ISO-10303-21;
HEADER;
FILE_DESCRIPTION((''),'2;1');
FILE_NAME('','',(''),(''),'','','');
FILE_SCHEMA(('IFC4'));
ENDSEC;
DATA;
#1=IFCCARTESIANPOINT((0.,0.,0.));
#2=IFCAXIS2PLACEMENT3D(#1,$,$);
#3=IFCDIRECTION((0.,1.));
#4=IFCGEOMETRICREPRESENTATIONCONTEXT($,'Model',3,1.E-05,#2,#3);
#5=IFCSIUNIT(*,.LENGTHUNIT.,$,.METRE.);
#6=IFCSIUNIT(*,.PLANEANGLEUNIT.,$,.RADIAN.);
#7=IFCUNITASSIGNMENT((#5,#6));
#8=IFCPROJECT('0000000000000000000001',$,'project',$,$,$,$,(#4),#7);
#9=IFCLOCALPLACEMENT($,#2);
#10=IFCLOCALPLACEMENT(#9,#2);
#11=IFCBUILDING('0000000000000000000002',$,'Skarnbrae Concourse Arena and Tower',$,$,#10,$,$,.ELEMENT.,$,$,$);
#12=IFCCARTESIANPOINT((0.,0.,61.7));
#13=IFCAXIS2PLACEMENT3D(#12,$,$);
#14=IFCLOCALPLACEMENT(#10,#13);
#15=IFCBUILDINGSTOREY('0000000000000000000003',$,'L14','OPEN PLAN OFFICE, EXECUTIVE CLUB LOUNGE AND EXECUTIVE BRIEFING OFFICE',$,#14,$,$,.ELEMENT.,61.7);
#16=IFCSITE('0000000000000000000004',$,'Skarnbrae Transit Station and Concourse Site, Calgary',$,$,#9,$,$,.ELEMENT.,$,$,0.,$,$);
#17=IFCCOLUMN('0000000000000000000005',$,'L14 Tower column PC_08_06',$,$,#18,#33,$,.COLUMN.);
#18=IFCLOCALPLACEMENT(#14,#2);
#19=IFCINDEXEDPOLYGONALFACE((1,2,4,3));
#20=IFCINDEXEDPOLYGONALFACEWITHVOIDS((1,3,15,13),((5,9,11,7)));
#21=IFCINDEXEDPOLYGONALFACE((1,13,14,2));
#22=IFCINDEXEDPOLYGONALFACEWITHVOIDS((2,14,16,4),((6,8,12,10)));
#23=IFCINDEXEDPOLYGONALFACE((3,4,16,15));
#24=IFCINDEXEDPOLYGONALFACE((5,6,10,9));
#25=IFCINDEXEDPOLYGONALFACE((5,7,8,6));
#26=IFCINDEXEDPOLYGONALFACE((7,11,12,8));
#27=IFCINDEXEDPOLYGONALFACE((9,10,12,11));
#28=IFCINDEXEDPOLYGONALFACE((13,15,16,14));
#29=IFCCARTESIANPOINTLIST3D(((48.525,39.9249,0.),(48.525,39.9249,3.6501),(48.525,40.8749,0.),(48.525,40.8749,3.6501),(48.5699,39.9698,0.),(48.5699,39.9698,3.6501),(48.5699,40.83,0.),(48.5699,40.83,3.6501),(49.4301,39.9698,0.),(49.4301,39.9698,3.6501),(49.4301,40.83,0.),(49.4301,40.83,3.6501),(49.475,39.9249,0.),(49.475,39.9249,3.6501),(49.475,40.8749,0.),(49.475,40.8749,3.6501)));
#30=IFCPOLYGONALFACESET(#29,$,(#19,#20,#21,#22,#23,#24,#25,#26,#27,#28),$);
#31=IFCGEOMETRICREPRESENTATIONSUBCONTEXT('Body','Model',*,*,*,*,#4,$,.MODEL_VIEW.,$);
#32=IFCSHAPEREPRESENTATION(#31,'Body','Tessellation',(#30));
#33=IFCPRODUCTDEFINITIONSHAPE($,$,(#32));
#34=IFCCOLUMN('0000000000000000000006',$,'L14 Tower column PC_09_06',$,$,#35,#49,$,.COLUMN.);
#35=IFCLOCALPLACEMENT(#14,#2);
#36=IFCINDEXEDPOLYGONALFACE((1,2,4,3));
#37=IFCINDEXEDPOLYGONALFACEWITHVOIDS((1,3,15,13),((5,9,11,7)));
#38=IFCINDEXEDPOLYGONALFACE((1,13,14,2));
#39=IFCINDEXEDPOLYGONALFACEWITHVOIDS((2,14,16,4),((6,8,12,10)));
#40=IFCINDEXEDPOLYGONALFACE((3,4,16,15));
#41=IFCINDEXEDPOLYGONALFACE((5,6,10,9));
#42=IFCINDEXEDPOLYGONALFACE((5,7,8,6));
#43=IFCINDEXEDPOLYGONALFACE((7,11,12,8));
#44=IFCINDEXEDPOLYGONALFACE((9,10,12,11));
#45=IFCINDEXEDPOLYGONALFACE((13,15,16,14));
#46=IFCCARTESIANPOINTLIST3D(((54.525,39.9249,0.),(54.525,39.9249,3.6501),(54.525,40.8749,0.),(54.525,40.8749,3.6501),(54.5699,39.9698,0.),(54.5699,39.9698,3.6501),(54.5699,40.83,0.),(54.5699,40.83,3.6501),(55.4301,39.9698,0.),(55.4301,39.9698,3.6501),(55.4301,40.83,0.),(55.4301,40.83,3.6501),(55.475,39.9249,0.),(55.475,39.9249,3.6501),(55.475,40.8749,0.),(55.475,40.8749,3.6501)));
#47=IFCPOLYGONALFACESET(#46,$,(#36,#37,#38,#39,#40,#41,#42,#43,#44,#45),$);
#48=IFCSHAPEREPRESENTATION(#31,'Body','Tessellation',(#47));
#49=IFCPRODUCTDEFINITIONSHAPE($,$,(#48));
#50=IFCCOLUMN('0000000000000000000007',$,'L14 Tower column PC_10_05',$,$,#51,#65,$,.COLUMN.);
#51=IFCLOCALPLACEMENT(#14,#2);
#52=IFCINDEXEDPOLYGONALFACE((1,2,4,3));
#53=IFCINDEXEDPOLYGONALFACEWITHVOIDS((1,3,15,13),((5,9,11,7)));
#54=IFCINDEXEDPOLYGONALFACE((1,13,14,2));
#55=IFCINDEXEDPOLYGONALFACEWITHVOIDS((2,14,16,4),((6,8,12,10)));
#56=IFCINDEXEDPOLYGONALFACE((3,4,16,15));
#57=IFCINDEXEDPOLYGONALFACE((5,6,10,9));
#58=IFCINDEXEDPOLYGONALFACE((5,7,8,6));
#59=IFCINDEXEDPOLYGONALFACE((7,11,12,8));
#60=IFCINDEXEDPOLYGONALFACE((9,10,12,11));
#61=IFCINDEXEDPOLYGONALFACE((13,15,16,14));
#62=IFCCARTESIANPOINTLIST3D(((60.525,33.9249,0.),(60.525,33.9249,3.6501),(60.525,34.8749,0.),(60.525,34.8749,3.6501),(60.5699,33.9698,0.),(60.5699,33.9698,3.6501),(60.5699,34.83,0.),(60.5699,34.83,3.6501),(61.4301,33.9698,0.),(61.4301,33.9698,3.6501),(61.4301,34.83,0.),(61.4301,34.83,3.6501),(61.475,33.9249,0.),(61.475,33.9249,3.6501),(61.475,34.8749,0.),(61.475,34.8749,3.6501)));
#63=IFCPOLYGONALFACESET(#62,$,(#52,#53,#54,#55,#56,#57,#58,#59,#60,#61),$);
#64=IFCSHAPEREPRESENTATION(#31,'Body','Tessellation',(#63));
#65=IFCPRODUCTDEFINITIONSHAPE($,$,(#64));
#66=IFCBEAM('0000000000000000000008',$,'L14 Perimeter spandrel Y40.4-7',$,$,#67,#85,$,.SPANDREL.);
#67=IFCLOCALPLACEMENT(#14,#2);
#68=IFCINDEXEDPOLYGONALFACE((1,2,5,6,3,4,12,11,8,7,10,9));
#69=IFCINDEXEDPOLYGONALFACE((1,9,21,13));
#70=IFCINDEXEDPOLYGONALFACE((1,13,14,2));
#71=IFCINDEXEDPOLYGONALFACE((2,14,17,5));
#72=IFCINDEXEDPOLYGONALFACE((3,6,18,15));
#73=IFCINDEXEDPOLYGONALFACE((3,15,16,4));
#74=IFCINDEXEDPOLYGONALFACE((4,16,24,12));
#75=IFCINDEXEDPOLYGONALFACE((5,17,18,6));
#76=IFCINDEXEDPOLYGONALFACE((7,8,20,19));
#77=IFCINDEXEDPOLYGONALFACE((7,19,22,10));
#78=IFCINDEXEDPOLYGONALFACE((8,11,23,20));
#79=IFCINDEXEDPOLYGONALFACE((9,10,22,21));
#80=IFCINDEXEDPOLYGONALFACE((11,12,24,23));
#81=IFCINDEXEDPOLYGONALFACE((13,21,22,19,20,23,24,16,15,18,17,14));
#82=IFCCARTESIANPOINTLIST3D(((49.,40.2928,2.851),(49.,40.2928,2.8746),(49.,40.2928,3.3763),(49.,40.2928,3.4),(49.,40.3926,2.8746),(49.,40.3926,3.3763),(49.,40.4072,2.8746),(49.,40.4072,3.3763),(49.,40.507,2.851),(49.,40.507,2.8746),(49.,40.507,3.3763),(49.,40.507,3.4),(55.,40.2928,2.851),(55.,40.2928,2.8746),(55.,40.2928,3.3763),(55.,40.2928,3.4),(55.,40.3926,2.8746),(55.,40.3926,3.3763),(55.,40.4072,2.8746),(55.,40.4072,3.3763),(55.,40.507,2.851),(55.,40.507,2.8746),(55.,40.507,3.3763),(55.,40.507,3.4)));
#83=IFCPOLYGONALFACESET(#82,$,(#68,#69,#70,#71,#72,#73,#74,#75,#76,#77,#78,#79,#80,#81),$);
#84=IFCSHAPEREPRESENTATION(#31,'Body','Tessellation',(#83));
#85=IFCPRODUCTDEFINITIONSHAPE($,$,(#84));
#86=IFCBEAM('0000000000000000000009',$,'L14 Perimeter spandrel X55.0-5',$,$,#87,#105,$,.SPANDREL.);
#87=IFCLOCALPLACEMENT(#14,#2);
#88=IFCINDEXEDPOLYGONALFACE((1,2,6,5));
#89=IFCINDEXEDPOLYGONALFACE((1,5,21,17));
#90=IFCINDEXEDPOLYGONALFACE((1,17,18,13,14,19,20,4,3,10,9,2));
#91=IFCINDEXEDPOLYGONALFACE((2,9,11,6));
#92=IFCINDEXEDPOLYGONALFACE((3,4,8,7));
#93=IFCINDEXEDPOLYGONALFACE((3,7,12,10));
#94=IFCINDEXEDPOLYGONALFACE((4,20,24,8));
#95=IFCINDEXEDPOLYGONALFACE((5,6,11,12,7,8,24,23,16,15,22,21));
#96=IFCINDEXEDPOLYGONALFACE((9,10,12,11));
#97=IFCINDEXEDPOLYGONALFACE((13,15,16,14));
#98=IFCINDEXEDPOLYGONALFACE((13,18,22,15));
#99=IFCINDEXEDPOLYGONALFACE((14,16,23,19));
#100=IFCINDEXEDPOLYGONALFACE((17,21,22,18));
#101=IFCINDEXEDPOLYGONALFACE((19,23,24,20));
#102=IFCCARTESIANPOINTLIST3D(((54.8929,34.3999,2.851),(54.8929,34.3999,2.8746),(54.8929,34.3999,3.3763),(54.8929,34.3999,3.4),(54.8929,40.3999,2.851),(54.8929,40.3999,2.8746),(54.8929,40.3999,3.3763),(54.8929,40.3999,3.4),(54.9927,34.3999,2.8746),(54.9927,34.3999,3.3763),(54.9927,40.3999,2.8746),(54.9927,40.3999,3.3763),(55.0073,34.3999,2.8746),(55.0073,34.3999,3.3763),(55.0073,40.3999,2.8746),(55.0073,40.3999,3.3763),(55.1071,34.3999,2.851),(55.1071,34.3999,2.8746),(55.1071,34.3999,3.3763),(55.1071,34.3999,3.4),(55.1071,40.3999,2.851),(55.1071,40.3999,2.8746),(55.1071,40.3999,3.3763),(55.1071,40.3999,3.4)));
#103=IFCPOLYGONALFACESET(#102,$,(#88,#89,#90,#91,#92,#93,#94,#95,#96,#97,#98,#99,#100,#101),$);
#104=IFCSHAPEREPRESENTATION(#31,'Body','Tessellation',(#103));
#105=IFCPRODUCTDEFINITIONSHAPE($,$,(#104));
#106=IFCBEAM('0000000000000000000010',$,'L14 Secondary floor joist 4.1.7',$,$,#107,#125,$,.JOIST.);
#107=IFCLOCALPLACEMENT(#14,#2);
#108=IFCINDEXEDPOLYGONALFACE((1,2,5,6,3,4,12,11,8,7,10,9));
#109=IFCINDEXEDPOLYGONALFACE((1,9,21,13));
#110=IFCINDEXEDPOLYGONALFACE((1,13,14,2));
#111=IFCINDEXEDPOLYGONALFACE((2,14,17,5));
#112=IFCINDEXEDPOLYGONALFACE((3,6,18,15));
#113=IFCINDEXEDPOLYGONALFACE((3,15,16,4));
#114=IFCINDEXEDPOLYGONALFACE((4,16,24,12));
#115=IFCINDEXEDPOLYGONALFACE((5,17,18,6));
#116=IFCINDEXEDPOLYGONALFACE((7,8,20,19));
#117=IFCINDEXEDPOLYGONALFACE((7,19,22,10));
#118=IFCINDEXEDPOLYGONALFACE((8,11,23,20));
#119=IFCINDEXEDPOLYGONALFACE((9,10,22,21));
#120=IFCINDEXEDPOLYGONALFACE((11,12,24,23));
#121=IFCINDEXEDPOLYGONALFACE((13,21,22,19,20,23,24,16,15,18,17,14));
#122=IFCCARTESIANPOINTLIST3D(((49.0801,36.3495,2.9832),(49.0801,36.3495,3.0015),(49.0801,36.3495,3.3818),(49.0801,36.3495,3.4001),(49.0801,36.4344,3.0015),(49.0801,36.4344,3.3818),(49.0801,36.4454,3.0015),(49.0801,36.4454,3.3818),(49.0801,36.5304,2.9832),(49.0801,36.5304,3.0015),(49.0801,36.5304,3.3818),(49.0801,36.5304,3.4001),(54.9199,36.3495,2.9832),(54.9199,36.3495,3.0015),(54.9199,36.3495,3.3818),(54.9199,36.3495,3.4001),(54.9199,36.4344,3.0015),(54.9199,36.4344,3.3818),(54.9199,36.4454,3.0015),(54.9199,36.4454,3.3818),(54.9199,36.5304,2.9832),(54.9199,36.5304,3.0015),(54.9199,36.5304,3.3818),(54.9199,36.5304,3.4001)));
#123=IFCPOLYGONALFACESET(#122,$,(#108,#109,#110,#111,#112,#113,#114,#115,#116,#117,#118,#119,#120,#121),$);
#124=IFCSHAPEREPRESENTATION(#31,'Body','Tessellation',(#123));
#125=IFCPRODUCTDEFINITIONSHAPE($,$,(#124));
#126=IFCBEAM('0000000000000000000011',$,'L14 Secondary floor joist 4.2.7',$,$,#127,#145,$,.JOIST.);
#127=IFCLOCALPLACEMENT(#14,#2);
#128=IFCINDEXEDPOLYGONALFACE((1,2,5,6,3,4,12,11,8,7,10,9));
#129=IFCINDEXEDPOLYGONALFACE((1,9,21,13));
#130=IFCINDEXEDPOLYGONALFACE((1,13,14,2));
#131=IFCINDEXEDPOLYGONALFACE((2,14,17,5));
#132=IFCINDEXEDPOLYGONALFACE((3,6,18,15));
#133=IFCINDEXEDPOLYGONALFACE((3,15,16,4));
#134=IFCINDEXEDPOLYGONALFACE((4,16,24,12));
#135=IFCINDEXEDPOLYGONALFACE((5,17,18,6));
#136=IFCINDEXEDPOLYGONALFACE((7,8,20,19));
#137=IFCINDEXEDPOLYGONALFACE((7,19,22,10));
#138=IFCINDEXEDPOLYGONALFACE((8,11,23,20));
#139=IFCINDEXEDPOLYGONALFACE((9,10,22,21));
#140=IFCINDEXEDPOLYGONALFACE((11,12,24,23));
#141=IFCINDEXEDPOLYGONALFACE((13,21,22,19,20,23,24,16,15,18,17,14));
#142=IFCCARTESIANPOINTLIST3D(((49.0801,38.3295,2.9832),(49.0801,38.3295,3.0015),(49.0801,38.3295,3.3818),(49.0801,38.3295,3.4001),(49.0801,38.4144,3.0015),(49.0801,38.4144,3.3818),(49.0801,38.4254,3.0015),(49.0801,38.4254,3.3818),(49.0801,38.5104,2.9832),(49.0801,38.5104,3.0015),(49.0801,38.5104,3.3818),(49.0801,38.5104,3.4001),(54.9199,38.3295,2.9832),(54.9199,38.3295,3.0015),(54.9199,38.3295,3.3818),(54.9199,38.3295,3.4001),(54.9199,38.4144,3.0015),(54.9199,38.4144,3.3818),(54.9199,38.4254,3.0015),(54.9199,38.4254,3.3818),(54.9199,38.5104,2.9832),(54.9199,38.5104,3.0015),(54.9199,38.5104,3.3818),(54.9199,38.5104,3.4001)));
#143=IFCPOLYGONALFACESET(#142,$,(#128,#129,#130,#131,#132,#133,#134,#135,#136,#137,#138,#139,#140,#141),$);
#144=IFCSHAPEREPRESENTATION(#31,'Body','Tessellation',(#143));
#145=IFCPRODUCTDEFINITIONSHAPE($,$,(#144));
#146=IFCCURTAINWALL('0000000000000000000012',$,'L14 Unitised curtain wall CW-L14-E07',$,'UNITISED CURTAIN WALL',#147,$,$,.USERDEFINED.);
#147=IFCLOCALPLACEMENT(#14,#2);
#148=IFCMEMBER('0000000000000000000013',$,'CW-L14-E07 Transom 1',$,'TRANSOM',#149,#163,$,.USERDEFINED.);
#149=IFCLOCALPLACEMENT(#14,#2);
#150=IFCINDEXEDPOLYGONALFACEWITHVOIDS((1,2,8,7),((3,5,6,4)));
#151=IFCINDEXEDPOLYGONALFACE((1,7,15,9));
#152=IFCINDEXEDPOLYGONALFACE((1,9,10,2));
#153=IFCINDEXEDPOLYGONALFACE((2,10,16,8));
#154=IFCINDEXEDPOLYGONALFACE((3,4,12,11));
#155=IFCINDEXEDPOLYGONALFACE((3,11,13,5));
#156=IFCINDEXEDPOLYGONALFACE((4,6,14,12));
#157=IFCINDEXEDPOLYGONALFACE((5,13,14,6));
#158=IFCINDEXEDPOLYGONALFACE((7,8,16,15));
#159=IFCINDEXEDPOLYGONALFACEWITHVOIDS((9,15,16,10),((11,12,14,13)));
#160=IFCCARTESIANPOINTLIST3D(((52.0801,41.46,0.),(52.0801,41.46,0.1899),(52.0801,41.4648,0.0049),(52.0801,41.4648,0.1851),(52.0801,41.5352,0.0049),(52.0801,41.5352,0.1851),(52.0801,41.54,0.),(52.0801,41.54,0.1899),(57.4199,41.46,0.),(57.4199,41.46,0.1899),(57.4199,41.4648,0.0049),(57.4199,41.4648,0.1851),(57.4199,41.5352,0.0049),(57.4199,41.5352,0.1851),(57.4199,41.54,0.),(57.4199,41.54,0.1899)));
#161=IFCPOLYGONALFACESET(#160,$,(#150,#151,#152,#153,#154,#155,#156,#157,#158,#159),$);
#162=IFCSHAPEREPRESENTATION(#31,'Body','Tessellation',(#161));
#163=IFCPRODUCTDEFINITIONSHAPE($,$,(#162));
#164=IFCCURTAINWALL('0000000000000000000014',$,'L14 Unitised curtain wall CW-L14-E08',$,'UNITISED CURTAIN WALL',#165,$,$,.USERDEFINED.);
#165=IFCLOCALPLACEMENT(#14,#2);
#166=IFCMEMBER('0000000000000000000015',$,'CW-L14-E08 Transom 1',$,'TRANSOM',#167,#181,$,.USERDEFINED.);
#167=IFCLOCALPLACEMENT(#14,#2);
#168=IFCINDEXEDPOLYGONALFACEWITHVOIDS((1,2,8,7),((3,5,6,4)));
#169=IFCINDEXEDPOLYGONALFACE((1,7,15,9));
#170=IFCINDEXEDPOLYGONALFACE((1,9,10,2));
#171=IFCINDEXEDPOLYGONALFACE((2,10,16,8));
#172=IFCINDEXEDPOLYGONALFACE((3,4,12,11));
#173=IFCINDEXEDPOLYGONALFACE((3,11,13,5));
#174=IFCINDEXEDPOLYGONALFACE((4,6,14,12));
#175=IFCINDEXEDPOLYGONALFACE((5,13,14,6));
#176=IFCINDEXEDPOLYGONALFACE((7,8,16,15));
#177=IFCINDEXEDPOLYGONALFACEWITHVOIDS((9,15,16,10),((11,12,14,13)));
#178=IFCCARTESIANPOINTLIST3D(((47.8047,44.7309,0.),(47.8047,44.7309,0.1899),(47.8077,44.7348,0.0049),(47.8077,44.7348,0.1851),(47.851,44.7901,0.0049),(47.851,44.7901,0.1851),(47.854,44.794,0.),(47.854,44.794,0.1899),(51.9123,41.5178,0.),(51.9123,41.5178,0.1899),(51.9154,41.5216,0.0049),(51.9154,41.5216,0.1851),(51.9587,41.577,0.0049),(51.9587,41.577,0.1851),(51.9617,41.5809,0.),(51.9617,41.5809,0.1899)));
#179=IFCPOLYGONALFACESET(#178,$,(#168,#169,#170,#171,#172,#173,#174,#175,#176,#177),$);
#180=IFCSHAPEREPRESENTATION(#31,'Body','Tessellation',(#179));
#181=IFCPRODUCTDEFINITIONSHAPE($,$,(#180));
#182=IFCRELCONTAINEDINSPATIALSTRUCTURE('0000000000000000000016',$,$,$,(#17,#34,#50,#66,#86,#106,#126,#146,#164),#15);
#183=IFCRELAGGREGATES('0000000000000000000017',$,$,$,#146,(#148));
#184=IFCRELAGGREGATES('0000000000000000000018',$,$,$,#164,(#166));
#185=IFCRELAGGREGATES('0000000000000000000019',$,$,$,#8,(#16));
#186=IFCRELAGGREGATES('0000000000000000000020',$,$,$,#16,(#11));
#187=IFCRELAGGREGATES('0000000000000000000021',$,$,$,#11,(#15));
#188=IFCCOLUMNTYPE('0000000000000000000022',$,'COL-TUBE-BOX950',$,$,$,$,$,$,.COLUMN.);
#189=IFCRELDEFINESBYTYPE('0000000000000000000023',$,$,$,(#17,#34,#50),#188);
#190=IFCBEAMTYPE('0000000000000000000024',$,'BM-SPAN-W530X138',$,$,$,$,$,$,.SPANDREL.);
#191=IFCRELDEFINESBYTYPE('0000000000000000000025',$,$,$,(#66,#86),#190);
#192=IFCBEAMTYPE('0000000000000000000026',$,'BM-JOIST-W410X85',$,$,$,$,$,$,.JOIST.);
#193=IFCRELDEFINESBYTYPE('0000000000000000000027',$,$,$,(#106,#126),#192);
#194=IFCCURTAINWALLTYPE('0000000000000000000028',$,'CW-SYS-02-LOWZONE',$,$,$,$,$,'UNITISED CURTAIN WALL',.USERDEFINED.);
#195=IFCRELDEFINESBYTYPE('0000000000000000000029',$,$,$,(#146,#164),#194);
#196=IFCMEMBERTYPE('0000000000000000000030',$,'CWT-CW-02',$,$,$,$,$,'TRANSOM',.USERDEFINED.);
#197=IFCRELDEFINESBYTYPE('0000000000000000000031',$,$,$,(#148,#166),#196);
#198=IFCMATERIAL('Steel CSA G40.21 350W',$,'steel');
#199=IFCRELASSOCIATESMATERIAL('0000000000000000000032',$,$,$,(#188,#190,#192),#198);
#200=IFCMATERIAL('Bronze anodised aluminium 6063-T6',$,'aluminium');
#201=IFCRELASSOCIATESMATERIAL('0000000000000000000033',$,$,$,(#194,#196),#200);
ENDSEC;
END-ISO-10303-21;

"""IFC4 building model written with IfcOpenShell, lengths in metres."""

from ifc_helpers import new_model, si_unit, direction, frame, origin, origin_2d, place, context, subcontext, project, spatial, hollow_rectangle, i_section, extrude, source, transform, mapped, material, material_profile, profile_set, type_object, element, aggregate, save


model = new_model("IFC4")

# Units and contexts
model_context = context("Model", 3, precision=1e-05, world=origin(), true_north=direction((0.0, 1.0)))
body_context = subcontext(model_context, "Body", "Model", "MODEL_VIEW")
ifc_project = project(units=[si_unit("LENGTHUNIT", "METRE"), si_unit("PLANEANGLEUNIT", "RADIAN")], contexts=[model_context])

# Site, building, storey
site_placement = place(None, origin())
site = spatial("IfcSite", under=ifc_project, at=site_placement, Name="Skarnbrae Transit Station and Concourse Site, Calgary", CompositionType="ELEMENT", RefElevation=0.0)
building_placement = place(site_placement, origin())
building = spatial("IfcBuilding", under=site, at=building_placement, Name="Skarnbrae Concourse Arena and Tower", CompositionType="ELEMENT")
storey_placement = place(building_placement, frame((0.0, 0.0, 61.7)))
storey = spatial("IfcBuildingStorey", under=building, at=storey_placement, Name="L14", Description="OPEN PLAN OFFICE, EXECUTIVE CLUB LOUNGE AND EXECUTIVE BRIEFING OFFICE", CompositionType="ELEMENT", Elevation=61.7)

# Columns
ifc_material_1 = material(Name="Steel CSA G40.21 350W", Category="steel")
ifc_material_profile_1 = material_profile(ifc_material_1, hollow_rectangle(XDim=0.95, YDim=0.95, WallThickness=0.0449, at=origin_2d()), Name="BOX950X950X45")
ifc_profile_set_1 = profile_set([ifc_material_profile_1], Name="Steel CSA G40.21 350W")
column_type = type_object("IfcColumnType", Name="COL-TUBE-BOX950", PredefinedType="COLUMN", material=ifc_profile_set_1)
shared_shape_1 = source(origin(), body_context, "Body", "SweptSolid", [
    extrude(hollow_rectangle(XDim=0.95, YDim=0.95, WallThickness=0.0449, at=origin_2d()), origin(), (0.0, 0.0, 1.0), 3.6501),
])
for number, where, z_axis, x_axis, name in (
    (1, (49.0, 40.3999, 0.0), (0.0, 0.0, 1.0), (1.0, 0.0, 0.0), "L14 Tower column PC_08_06"),
    (2, (55.0, 40.3999, 0.0), (0.0, 0.0, 1.0), (1.0, 0.0, 0.0), "L14 Tower column PC_09_06"),
    (3, (61.0, 34.3999, 0.0), (0.0, 0.0, 1.0), (1.0, 0.0, 0.0), "L14 Tower column PC_10_05"),
):
    element("IfcColumn", number, at=place(storey_placement, frame(where, z_axis=z_axis, x_axis=x_axis)), inside=storey, type_object=column_type, Name=name, PredefinedType="COLUMN", context=body_context, shape_type="MappedRepresentation", body=[
        mapped(shared_shape_1, transform((0.0, 0.0, 0.0))),
    ])

# Beams
ifc_material_profile_2 = material_profile(ifc_material_1, i_section(OverallWidth=0.2141, OverallDepth=0.5491, WebThickness=0.0146, FlangeThickness=0.0237, at=origin_2d()), Name="W530X138")
ifc_profile_set_2 = profile_set([ifc_material_profile_2], Name="Steel CSA G40.21 350W")
beam_type_1 = type_object("IfcBeamType", Name="BM-SPAN-W530X138", PredefinedType="SPANDREL", material=ifc_profile_set_2)
shared_shape_2 = source(origin(), body_context, "Body", "SweptSolid", [
    extrude(i_section(OverallWidth=0.2141, OverallDepth=0.5491, WebThickness=0.0146, FlangeThickness=0.0237, at=origin_2d()), origin(), (0.0, 0.0, 1.0), 6.0),
])
for number, where, z_axis, x_axis, name in (
    (4, (49.0, 40.3999, 3.1255), (1.0, 0.0, 0.0), (0.0, 1.0, 0.0), "L14 Perimeter spandrel Y40.4-7"),
    (5, (55.0, 34.3999, 3.1255), (0.0, 1.0, 0.0), (-1.0, 0.0, 0.0), "L14 Perimeter spandrel X55.0-5"),
):
    element("IfcBeam", number, at=place(storey_placement, frame(where, z_axis=z_axis, x_axis=x_axis)), inside=storey, type_object=beam_type_1, Name=name, PredefinedType="SPANDREL", context=body_context, shape_type="MappedRepresentation", body=[
        mapped(shared_shape_2, transform((0.0, 0.0, 0.0))),
    ])
ifc_material_profile_3 = material_profile(ifc_material_1, i_section(OverallWidth=0.1809, OverallDepth=0.417, WebThickness=0.011, FlangeThickness=0.0183, at=origin_2d()), Name="W410X85")
ifc_profile_set_3 = profile_set([ifc_material_profile_3], Name="Steel CSA G40.21 350W")
beam_type_2 = type_object("IfcBeamType", Name="BM-JOIST-W410X85", PredefinedType="JOIST", material=ifc_profile_set_3)
shared_shape_3 = source(origin(), body_context, "Body", "SweptSolid", [
    extrude(i_section(OverallWidth=0.1809, OverallDepth=0.417, WebThickness=0.011, FlangeThickness=0.0183, at=origin_2d()), origin(), (0.0, 0.0, 1.0), 5.8398),
])
for number, where, z_axis, x_axis, name in (
    (6, (49.0801, 36.4399, 3.1917), (1.0, 0.0, 0.0), (0.0, 1.0, 0.0), "L14 Secondary floor joist 4.1.7"),
    (7, (49.0801, 38.4199, 3.1917), (1.0, 0.0, 0.0), (0.0, 1.0, 0.0), "L14 Secondary floor joist 4.2.7"),
):
    element("IfcBeam", number, at=place(storey_placement, frame(where, z_axis=z_axis, x_axis=x_axis)), inside=storey, type_object=beam_type_2, Name=name, PredefinedType="JOIST", context=body_context, shape_type="MappedRepresentation", body=[
        mapped(shared_shape_3, transform((0.0, 0.0, 0.0))),
    ])

# Curtain walls, members
ifc_material_2 = material(Name="Bronze anodised aluminium 6063-T6", Category="aluminium")
curtain_wall_type = type_object("IfcCurtainWallType", Name="CW-SYS-02-LOWZONE", ElementType="UNITISED CURTAIN WALL", PredefinedType="USERDEFINED", material=ifc_material_2)
curtain_wall_1_placement = place(storey_placement, origin())
curtain_wall_1 = element("IfcCurtainWall", 8, at=curtain_wall_1_placement, inside=storey, type_object=curtain_wall_type, Name="L14 Unitised curtain wall CW-L14-E07", ObjectType="UNITISED CURTAIN WALL", PredefinedType="USERDEFINED")
ifc_material_profile_4 = material_profile(ifc_material_2, hollow_rectangle(XDim=0.0801, YDim=0.1899, WallThickness=0.0049, at=origin_2d()), Name="ALU-TRAN-80X190")
ifc_profile_set_4 = profile_set([ifc_material_profile_4], Name="Bronze anodised aluminium 6063-T6")
member_type_1 = type_object("IfcMemberType", Name="CWT-CW-02", ElementType="TRANSOM", PredefinedType="USERDEFINED", material=ifc_profile_set_4)
shared_shape_4 = source(origin(), body_context, "Body", "SweptSolid", [
    extrude(hollow_rectangle(XDim=0.0801, YDim=0.1899, WallThickness=0.0049, at=origin_2d()), origin(), (0.0, 0.0, 1.0), 5.3398),
])
member_1_placement = place(storey_placement, frame((57.4199, 41.5, 0.095), z_axis=(-1.0, 0.0, 0.0), x_axis=(0.0, -1.0, 0.0)))
member_1 = element("IfcMember", 9, at=member_1_placement, type_object=member_type_1, Name="CW-L14-E07 Transom 1", ObjectType="TRANSOM", PredefinedType="USERDEFINED", context=body_context, shape_type="MappedRepresentation", body=[
    mapped(shared_shape_4, transform((0.0, 0.0, 0.0))),
])
curtain_wall_2_placement = place(storey_placement, origin())
curtain_wall_2 = element("IfcCurtainWall", 10, at=curtain_wall_2_placement, inside=storey, type_object=curtain_wall_type, Name="L14 Unitised curtain wall CW-L14-E08", ObjectType="UNITISED CURTAIN WALL", PredefinedType="USERDEFINED")
shared_shape_5 = source(origin(), body_context, "Body", "SweptSolid", [
    extrude(hollow_rectangle(XDim=0.0801, YDim=0.1899, WallThickness=0.0049, at=origin_2d()), origin(), (0.0, 0.0, 1.0), 5.2151),
])
member_2_placement = place(storey_placement, frame((51.937, 41.5493, 0.095), z_axis=(-0.78765, 0.616123, 0.0), x_axis=(-0.616123, -0.78765, 0.0)))
member_2 = element("IfcMember", 11, at=member_2_placement, type_object=member_type_1, Name="CW-L14-E08 Transom 1", ObjectType="TRANSOM", PredefinedType="USERDEFINED", context=body_context, shape_type="MappedRepresentation", body=[
    mapped(shared_shape_5, transform((0.0, 0.0, 0.0))),
])

aggregate(curtain_wall_1, [member_1])
aggregate(curtain_wall_2, [member_2])

save(model, "model.ifc")
